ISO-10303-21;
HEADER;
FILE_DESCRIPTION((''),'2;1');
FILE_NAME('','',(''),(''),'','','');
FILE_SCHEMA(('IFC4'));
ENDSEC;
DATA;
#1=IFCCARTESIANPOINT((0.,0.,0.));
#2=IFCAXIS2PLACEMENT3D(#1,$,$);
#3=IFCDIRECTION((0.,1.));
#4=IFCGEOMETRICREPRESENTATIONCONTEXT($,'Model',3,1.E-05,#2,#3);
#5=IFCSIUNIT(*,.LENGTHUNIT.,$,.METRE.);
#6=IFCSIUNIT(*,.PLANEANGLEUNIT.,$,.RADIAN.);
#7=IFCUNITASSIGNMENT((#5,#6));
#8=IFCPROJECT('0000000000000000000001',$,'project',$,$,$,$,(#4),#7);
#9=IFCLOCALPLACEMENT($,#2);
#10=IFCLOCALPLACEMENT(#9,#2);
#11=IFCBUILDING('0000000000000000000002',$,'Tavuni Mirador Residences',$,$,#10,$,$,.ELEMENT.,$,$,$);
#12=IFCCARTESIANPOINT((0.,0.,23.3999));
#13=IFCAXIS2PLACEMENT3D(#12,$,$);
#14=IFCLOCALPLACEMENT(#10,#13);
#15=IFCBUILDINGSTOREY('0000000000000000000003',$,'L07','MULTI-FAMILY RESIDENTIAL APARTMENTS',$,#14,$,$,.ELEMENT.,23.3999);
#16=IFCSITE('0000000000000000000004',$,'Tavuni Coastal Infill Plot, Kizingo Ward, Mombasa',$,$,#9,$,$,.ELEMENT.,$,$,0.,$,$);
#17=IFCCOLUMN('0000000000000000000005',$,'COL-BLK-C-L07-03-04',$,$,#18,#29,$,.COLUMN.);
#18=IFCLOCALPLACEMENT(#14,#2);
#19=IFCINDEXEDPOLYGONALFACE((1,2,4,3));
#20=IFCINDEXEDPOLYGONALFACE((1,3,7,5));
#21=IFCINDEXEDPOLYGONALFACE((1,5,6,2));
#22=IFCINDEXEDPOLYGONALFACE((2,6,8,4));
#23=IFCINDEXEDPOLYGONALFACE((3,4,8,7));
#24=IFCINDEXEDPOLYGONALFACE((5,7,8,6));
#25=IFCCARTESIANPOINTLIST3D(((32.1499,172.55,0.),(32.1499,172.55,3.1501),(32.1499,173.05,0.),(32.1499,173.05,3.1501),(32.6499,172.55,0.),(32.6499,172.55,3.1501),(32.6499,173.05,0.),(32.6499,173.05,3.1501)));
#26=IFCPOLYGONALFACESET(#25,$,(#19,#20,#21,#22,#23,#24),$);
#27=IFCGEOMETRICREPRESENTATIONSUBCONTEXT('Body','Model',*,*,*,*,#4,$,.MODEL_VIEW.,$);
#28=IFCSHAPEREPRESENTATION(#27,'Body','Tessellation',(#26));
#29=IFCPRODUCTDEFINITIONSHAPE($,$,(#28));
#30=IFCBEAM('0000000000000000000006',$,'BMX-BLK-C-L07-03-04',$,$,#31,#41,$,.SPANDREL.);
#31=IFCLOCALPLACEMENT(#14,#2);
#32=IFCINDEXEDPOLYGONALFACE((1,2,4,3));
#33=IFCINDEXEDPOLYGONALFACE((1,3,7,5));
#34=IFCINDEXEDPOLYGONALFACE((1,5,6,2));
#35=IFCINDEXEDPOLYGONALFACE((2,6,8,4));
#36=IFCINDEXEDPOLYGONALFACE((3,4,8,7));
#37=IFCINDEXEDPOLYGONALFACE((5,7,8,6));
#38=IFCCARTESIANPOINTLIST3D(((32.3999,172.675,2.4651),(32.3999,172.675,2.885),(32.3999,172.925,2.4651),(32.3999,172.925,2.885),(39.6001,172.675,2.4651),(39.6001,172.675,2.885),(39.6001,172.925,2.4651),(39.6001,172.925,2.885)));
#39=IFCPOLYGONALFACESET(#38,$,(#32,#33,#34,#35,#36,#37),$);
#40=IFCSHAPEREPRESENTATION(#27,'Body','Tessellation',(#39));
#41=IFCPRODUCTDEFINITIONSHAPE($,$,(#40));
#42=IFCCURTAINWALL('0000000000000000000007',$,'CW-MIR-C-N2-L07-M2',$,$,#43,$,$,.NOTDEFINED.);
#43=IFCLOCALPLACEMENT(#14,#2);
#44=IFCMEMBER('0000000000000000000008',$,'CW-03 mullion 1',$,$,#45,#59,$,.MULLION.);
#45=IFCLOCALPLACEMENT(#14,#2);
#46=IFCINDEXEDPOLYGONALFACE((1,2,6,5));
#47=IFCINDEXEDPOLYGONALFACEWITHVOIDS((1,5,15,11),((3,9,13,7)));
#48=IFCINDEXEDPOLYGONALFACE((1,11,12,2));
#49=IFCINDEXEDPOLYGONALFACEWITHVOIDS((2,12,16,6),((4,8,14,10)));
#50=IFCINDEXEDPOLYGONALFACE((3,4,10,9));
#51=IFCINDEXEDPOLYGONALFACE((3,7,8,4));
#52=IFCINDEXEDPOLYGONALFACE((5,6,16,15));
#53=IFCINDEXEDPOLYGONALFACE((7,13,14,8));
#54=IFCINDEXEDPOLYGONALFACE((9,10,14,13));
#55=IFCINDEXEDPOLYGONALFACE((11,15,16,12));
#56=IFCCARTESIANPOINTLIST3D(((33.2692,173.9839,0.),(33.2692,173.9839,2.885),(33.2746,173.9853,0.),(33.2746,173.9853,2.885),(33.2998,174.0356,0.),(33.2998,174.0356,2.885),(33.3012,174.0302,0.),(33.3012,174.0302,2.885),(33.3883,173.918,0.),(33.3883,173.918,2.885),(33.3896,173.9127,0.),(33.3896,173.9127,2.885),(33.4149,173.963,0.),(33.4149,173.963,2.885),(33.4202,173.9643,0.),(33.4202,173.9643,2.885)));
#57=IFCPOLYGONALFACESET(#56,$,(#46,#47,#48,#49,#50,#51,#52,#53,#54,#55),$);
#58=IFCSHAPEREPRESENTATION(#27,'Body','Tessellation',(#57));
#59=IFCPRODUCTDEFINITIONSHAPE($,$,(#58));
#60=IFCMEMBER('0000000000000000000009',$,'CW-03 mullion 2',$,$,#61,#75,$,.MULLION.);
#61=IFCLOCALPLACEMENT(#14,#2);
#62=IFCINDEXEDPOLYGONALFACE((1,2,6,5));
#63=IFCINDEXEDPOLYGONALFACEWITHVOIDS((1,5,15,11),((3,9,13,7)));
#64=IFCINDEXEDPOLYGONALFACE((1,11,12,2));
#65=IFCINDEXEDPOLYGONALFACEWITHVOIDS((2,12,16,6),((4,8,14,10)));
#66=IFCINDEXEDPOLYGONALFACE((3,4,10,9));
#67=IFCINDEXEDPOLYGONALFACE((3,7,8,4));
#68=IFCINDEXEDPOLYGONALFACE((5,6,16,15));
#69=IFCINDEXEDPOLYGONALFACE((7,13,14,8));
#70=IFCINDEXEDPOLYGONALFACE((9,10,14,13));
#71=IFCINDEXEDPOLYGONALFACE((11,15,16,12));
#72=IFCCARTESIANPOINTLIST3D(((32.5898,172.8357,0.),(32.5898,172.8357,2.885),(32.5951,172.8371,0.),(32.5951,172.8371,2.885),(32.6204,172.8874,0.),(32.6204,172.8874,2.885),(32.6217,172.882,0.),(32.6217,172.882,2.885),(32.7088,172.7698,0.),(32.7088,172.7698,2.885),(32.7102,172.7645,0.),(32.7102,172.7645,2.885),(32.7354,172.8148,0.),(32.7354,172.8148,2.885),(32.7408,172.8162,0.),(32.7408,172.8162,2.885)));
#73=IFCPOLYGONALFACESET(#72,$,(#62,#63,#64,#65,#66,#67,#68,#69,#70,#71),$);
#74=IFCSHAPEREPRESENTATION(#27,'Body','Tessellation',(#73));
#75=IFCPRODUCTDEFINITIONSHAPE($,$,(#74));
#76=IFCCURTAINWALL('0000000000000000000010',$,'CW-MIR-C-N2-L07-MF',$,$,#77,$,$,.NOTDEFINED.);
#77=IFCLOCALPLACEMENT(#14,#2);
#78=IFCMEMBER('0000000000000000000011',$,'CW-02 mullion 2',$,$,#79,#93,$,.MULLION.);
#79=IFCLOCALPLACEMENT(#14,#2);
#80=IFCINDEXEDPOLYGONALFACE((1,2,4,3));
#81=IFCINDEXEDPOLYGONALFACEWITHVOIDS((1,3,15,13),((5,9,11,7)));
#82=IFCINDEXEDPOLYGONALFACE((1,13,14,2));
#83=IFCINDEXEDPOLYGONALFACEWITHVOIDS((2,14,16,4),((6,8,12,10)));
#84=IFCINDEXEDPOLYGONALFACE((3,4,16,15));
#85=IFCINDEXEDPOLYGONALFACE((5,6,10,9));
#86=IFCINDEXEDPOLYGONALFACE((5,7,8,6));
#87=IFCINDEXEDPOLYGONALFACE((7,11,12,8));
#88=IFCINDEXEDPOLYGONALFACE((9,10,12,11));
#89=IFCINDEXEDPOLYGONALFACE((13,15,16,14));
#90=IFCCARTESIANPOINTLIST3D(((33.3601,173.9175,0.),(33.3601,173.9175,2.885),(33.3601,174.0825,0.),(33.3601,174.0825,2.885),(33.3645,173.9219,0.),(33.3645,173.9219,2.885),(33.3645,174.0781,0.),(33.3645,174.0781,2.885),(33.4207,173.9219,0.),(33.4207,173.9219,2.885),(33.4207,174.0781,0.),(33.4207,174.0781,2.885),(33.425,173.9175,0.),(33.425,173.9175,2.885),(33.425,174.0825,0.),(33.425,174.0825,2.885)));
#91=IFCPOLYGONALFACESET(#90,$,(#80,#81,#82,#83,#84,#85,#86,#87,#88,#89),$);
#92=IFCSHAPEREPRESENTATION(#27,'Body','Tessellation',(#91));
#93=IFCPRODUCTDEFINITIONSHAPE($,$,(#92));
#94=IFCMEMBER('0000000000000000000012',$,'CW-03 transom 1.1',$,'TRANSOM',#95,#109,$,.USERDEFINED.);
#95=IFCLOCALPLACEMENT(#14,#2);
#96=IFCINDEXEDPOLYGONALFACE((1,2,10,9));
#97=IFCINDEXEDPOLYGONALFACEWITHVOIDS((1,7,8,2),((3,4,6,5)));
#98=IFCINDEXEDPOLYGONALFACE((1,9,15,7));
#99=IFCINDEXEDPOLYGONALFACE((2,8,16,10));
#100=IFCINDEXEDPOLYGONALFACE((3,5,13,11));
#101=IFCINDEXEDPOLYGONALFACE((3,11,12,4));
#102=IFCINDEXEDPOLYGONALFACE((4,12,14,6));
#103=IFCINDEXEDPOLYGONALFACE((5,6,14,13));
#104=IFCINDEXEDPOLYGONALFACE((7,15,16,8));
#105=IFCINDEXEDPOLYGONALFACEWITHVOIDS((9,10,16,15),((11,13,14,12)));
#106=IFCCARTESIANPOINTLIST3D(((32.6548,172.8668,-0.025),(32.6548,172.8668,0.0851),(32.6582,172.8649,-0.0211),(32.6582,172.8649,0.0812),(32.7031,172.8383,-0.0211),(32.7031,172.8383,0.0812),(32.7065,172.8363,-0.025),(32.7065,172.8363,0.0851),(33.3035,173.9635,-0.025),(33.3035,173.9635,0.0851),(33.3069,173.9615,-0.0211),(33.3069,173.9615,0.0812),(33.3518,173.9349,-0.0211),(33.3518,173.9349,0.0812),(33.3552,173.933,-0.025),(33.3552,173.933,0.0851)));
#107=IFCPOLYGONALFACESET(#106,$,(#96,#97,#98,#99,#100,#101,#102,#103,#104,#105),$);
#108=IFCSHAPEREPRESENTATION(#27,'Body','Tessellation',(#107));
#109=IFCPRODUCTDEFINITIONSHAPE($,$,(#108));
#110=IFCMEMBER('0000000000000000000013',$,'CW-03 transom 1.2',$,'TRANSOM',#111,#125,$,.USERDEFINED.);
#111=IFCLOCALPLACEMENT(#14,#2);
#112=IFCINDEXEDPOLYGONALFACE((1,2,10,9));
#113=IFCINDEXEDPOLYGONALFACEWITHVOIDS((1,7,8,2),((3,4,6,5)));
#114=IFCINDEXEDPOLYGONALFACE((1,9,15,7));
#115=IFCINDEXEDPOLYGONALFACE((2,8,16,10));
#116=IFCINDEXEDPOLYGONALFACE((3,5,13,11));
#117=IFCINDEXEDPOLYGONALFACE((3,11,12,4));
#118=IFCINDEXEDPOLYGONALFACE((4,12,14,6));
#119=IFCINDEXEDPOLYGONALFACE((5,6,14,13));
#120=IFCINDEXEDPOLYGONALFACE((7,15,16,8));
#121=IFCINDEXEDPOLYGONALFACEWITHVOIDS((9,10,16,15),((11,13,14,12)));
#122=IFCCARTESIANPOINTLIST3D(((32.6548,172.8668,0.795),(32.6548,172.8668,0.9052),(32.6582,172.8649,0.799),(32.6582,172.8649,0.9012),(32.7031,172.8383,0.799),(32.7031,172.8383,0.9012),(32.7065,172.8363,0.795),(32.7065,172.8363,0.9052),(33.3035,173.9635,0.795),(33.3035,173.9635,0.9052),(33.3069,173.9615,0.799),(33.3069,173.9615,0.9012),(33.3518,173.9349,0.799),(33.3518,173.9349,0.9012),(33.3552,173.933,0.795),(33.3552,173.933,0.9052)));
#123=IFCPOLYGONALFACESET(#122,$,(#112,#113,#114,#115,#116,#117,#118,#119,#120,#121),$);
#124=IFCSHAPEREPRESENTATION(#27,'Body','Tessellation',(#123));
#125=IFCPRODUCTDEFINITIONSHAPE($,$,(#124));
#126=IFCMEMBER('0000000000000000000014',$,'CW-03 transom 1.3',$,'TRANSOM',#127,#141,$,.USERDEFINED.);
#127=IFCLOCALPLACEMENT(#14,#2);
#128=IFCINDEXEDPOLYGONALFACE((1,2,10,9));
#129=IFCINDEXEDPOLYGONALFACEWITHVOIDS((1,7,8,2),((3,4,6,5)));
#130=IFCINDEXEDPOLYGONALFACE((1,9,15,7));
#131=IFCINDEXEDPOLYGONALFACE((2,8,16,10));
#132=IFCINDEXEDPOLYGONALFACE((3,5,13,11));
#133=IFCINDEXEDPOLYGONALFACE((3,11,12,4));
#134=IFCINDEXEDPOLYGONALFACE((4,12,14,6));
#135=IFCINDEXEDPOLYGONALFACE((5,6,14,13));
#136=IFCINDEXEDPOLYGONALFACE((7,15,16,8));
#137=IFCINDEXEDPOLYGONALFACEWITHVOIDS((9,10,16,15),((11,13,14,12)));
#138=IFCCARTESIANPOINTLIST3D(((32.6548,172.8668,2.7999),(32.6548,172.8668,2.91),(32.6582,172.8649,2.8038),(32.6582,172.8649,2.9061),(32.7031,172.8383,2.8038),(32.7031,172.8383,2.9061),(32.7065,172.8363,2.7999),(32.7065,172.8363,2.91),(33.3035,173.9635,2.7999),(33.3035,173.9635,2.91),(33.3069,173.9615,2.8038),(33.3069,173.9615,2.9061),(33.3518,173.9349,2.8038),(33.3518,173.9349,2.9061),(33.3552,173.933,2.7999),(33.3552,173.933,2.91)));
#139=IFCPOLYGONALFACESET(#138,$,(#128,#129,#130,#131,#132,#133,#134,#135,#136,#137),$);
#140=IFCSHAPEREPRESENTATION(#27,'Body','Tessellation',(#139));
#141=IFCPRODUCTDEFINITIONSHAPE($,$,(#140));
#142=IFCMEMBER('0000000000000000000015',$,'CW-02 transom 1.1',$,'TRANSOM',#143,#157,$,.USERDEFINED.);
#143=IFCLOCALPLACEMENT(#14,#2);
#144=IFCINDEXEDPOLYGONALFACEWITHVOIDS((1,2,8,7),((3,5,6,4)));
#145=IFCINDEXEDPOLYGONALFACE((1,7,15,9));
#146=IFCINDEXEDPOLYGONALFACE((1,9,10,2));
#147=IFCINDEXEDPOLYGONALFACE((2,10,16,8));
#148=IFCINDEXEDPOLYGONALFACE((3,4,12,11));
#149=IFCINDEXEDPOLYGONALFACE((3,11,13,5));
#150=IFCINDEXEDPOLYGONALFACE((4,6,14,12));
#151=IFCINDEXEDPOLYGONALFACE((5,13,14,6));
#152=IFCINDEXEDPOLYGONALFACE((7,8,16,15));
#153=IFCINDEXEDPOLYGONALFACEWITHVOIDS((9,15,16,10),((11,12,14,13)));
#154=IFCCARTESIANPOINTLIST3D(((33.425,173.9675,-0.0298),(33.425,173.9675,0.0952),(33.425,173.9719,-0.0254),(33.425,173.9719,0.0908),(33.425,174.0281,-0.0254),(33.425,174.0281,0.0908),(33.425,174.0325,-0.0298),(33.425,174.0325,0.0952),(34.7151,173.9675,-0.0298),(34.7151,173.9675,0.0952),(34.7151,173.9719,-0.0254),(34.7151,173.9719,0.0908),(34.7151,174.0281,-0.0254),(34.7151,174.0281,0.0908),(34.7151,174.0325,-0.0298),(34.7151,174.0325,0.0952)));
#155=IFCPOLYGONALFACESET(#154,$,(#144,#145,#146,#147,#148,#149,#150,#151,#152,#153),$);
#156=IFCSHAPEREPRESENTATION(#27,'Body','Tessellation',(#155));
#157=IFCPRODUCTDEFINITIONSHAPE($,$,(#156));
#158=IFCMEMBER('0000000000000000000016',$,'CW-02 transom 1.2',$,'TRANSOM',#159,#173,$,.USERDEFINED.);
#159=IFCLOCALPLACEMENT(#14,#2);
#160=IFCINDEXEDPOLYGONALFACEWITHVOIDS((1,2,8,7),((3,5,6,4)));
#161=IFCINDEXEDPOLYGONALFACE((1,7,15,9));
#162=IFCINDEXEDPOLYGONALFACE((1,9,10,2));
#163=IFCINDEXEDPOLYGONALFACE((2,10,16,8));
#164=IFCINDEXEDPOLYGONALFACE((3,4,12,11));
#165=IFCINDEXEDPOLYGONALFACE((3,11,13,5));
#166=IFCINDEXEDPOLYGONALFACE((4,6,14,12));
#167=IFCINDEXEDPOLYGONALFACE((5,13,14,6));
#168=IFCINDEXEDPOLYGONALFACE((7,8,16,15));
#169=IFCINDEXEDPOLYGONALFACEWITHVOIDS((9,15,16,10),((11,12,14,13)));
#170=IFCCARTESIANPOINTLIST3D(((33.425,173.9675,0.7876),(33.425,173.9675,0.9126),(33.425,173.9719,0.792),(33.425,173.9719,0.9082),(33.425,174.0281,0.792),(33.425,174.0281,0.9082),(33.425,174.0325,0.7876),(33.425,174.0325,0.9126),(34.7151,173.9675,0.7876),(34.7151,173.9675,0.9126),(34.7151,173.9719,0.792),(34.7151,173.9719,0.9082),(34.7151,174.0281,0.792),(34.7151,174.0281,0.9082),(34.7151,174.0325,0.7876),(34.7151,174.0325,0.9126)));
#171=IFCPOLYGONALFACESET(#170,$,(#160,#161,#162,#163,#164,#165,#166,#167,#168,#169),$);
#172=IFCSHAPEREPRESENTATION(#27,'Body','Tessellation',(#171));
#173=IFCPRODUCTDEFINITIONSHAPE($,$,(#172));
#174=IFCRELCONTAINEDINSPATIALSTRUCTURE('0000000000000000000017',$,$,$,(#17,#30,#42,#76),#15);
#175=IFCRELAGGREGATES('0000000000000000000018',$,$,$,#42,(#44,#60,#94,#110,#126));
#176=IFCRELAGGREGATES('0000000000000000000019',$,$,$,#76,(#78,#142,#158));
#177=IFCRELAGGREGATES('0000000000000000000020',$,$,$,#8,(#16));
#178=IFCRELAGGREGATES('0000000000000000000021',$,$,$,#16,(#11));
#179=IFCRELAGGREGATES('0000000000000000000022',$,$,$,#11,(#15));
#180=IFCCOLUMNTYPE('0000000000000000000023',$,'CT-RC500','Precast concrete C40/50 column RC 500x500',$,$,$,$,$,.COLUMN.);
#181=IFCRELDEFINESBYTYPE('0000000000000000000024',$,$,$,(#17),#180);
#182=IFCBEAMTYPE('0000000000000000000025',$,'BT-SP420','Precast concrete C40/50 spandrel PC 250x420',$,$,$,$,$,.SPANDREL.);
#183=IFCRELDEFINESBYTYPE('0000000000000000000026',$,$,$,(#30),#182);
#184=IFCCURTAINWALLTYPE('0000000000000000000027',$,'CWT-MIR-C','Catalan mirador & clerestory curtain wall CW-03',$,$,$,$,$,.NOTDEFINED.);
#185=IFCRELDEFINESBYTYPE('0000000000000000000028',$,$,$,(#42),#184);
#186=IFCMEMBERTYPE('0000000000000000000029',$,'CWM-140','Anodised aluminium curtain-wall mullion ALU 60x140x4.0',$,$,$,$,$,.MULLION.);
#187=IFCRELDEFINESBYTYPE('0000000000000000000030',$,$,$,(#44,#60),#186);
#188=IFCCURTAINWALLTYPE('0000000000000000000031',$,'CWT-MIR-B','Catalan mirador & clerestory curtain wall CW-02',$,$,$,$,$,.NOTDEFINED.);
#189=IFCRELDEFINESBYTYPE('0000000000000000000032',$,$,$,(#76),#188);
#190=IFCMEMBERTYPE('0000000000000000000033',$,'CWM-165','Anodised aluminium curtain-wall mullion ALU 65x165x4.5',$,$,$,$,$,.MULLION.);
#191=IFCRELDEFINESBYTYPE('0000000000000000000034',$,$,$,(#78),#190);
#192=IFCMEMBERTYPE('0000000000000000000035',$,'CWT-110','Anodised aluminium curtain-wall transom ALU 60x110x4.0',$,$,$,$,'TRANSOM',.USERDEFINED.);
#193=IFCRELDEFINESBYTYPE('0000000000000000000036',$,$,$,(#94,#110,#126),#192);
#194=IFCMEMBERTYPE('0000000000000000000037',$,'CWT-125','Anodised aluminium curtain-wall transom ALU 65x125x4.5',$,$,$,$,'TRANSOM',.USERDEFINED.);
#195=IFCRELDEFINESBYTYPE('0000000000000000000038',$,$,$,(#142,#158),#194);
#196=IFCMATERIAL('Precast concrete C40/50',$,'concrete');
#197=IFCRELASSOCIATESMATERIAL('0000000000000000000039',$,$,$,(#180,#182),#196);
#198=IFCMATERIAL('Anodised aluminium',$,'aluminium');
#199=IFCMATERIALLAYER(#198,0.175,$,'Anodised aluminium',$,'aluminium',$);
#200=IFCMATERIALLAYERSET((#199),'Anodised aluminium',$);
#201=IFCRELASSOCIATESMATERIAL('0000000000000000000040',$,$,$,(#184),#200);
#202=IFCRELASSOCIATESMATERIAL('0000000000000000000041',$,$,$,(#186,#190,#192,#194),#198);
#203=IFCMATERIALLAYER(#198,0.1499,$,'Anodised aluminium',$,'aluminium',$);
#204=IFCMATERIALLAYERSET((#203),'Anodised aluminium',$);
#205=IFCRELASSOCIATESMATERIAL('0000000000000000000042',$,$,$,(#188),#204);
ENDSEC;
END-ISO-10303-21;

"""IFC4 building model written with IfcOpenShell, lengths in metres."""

from ifc_helpers import new_model, si_unit, direction, frame, origin, origin_2d, place, context, subcontext, project, spatial, rectangle, hollow_rectangle, extrude, material, layer, layer_set, material_profile, profile_set, type_object, element, aggregate, save


model = new_model("IFC4")

# Units and contexts
model_context = context("Model", 3, precision=1e-05, world=origin(), true_north=direction((0.0, 1.0)))
body_context = subcontext(model_context, "Body", "Model", "MODEL_VIEW")
ifc_project = project(units=[si_unit("LENGTHUNIT", "METRE"), si_unit("PLANEANGLEUNIT", "RADIAN")], contexts=[model_context])

# Site, building, storey
site_placement = place(None, origin())
site = spatial("IfcSite", under=ifc_project, at=site_placement, Name="Tavuni Coastal Infill Plot, Kizingo Ward, Mombasa", CompositionType="ELEMENT", RefElevation=0.0)
building_placement = place(site_placement, origin())
building = spatial("IfcBuilding", under=site, at=building_placement, Name="Tavuni Mirador Residences", CompositionType="ELEMENT")
storey_placement = place(building_placement, frame((0.0, 0.0, 23.3999)))
storey = spatial("IfcBuildingStorey", under=building, at=storey_placement, Name="L07", Description="MULTI-FAMILY RESIDENTIAL APARTMENTS", CompositionType="ELEMENT", Elevation=23.3999)

# Column
ifc_material_1 = material(Name="Precast concrete C40/50", Category="concrete")
ifc_material_profile_1 = material_profile(ifc_material_1, rectangle(XDim=0.5, YDim=0.5, at=origin_2d()), Name="RC 500x500", Category="concrete")
ifc_profile_set_1 = profile_set([ifc_material_profile_1], Name="Precast concrete C40/50")
column_type = type_object("IfcColumnType", Name="CT-RC500", Description="Precast concrete C40/50 column RC 500x500", PredefinedType="COLUMN", material=ifc_profile_set_1)
column_placement = place(storey_placement, frame((32.3999, 172.8, 0.0), z_axis=(0.0, 0.0, 1.0), x_axis=(1.0, 0.0, 0.0)))
element("IfcColumn", 1, at=column_placement, inside=storey, type_object=column_type, Name="COL-BLK-C-L07-03-04", PredefinedType="COLUMN", context=body_context, shape_type="SweptSolid", body=[
    extrude(rectangle(XDim=0.5, YDim=0.5, at=origin_2d()), origin(), (0.0, 0.0, 1.0), 3.1501),
])

# Beam
ifc_material_profile_2 = material_profile(ifc_material_1, rectangle(XDim=0.25, YDim=0.4199, at=origin_2d()), Name="PC 250x420", Category="concrete")
ifc_profile_set_2 = profile_set([ifc_material_profile_2], Name="Precast concrete C40/50")
beam_type = type_object("IfcBeamType", Name="BT-SP420", Description="Precast concrete C40/50 spandrel PC 250x420", PredefinedType="SPANDREL", material=ifc_profile_set_2)
beam_placement = place(storey_placement, frame((32.3999, 172.8, 2.675), z_axis=(1.0, 0.0, 0.0), x_axis=(0.0, 1.0, 0.0)))
element("IfcBeam", 2, at=beam_placement, inside=storey, type_object=beam_type, Name="BMX-BLK-C-L07-03-04", PredefinedType="SPANDREL", context=body_context, shape_type="SweptSolid", body=[
    extrude(rectangle(XDim=0.25, YDim=0.4199, at=origin_2d()), origin(), (0.0, 0.0, 1.0), 7.2002),
])

# Curtain wall, members
ifc_material_2 = material(Name="Anodised aluminium", Category="aluminium")
ifc_layer_1 = layer(ifc_material_2, 0.175, Name="Anodised aluminium", Category="aluminium")
ifc_layer_set_1 = layer_set([ifc_layer_1], Name="Anodised aluminium")
curtain_wall_type_1 = type_object("IfcCurtainWallType", Name="CWT-MIR-C", Description="Catalan mirador & clerestory curtain wall CW-03", PredefinedType="NOTDEFINED", material=ifc_layer_set_1)
curtain_wall_1_placement = place(storey_placement, origin())
curtain_wall_1 = element("IfcCurtainWall", 3, at=curtain_wall_1_placement, inside=storey, type_object=curtain_wall_type_1, Name="CW-MIR-C-N2-L07-M2", PredefinedType="NOTDEFINED")
ifc_material_profile_3 = material_profile(ifc_material_2, hollow_rectangle(XDim=0.0601, YDim=0.1399, WallThickness=0.0039, at=origin_2d()), Name="ALU 60x140x4.0", Category="aluminium")
ifc_profile_set_3 = profile_set([ifc_material_profile_3], Name="Anodised aluminium")
member_type_1 = type_object("IfcMemberType", Name="CWM-140", Description="Anodised aluminium curtain-wall mullion ALU 60x140x4.0", PredefinedType="MULLION", material=ifc_profile_set_3)
member_1_placement = place(storey_placement, frame((33.3447, 173.9741, 0.0), z_axis=(0.0, 0.0, 1.0), x_axis=(-0.509212, -0.860641, 0.0)))
member_1 = element("IfcMember", 4, at=member_1_placement, type_object=member_type_1, Name="CW-03 mullion 1", PredefinedType="MULLION", context=body_context, shape_type="SweptSolid", body=[
    extrude(hollow_rectangle(XDim=0.0601, YDim=0.1399, WallThickness=0.0039, at=origin_2d()), origin(), (0.0, 0.0, 1.0), 2.885),
])
member_2_placement = place(storey_placement, frame((32.6653, 172.8259, 0.0), z_axis=(0.0, 0.0, 1.0), x_axis=(-0.509212, -0.860641, 0.0)))
member_2 = element("IfcMember", 5, at=member_2_placement, type_object=member_type_1, Name="CW-03 mullion 2", PredefinedType="MULLION", context=body_context, shape_type="SweptSolid", body=[
    extrude(hollow_rectangle(XDim=0.0601, YDim=0.1399, WallThickness=0.0039, at=origin_2d()), origin(), (0.0, 0.0, 1.0), 2.885),
])

# Curtain wall, member
ifc_layer_2 = layer(ifc_material_2, 0.1499, Name="Anodised aluminium", Category="aluminium")
ifc_layer_set_2 = layer_set([ifc_layer_2], Name="Anodised aluminium")
curtain_wall_type_2 = type_object("IfcCurtainWallType", Name="CWT-MIR-B", Description="Catalan mirador & clerestory curtain wall CW-02", PredefinedType="NOTDEFINED", material=ifc_layer_set_2)
curtain_wall_2_placement = place(storey_placement, origin())
curtain_wall_2 = element("IfcCurtainWall", 6, at=curtain_wall_2_placement, inside=storey, type_object=curtain_wall_type_2, Name="CW-MIR-C-N2-L07-MF", PredefinedType="NOTDEFINED")
ifc_material_profile_4 = material_profile(ifc_material_2, hollow_rectangle(XDim=0.0649, YDim=0.165, WallThickness=0.0044, at=origin_2d()), Name="ALU 65x165x4.5", Category="aluminium")
ifc_profile_set_4 = profile_set([ifc_material_profile_4], Name="Anodised aluminium")
member_type_2 = type_object("IfcMemberType", Name="CWM-165", Description="Anodised aluminium curtain-wall mullion ALU 65x165x4.5", PredefinedType="MULLION", material=ifc_profile_set_4)
member_3_placement = place(storey_placement, frame((33.3926, 174.0, 0.0), z_axis=(0.0, 0.0, 1.0), x_axis=(-1.0, 0.0, 0.0)))
member_3 = element("IfcMember", 7, at=member_3_placement, type_object=member_type_2, Name="CW-02 mullion 2", PredefinedType="MULLION", context=body_context, shape_type="SweptSolid", body=[
    extrude(hollow_rectangle(XDim=0.0649, YDim=0.165, WallThickness=0.0044, at=origin_2d()), origin(), (0.0, 0.0, 1.0), 2.885),
])

# Members
ifc_material_profile_5 = material_profile(ifc_material_2, hollow_rectangle(XDim=0.0601, YDim=0.1101, WallThickness=0.0039, at=origin_2d()), Name="ALU 60x110x4.0", Category="aluminium")
ifc_profile_set_5 = profile_set([ifc_material_profile_5], Name="Anodised aluminium")
member_type_3 = type_object("IfcMemberType", Name="CWT-110", Description="Anodised aluminium curtain-wall transom ALU 60x110x4.0", ElementType="TRANSOM", PredefinedType="USERDEFINED", material=ifc_profile_set_5)
member_4_placement = place(storey_placement, frame((33.3293, 173.9482, 0.03), z_axis=(-0.509104, -0.860705, 0.0), x_axis=(0.860705, -0.509104, 0.0)))
member_4 = element("IfcMember", 8, at=member_4_placement, type_object=member_type_3, Name="CW-03 transom 1.1", ObjectType="TRANSOM", PredefinedType="USERDEFINED", context=body_context, shape_type="SweptSolid", body=[
    extrude(hollow_rectangle(XDim=0.0601, YDim=0.1101, WallThickness=0.0039, at=origin_2d()), origin(), (0.0, 0.0, 1.0), 1.2742),
])
member_5_placement = place(storey_placement, frame((33.3293, 173.9482, 0.8501), z_axis=(-0.509104, -0.860705, 0.0), x_axis=(0.860705, -0.509104, 0.0)))
member_5 = element("IfcMember", 9, at=member_5_placement, type_object=member_type_3, Name="CW-03 transom 1.2", ObjectType="TRANSOM", PredefinedType="USERDEFINED", context=body_context, shape_type="SweptSolid", body=[
    extrude(hollow_rectangle(XDim=0.0601, YDim=0.1101, WallThickness=0.0039, at=origin_2d()), origin(), (0.0, 0.0, 1.0), 1.2742),
])
member_6_placement = place(storey_placement, frame((33.3293, 173.9482, 2.855), z_axis=(-0.509104, -0.860705, 0.0), x_axis=(0.860705, -0.509104, 0.0)))
member_6 = element("IfcMember", 10, at=member_6_placement, type_object=member_type_3, Name="CW-03 transom 1.3", ObjectType="TRANSOM", PredefinedType="USERDEFINED", context=body_context, shape_type="SweptSolid", body=[
    extrude(hollow_rectangle(XDim=0.0601, YDim=0.1101, WallThickness=0.0039, at=origin_2d()), origin(), (0.0, 0.0, 1.0), 1.2742),
])
ifc_material_profile_6 = material_profile(ifc_material_2, hollow_rectangle(XDim=0.0649, YDim=0.125, WallThickness=0.0044, at=origin_2d()), Name="ALU 65x125x4.5", Category="aluminium")
ifc_profile_set_6 = profile_set([ifc_material_profile_6], Name="Anodised aluminium")
member_type_4 = type_object("IfcMemberType", Name="CWT-125", Description="Anodised aluminium curtain-wall transom ALU 65x125x4.5", ElementType="TRANSOM", PredefinedType="USERDEFINED", material=ifc_profile_set_6)
member_7_placement = place(storey_placement, frame((34.7151, 174.0, 0.0327), z_axis=(-1.0, 0.0, 0.0), x_axis=(0.0, -1.0, 0.0)))
member_7 = element("IfcMember", 11, at=member_7_placement, type_object=member_type_4, Name="CW-02 transom 1.1", ObjectType="TRANSOM", PredefinedType="USERDEFINED", context=body_context, shape_type="SweptSolid", body=[
    extrude(hollow_rectangle(XDim=0.0649, YDim=0.125, WallThickness=0.0044, at=origin_2d()), origin(), (0.0, 0.0, 1.0), 1.29),
])
member_8_placement = place(storey_placement, frame((34.7151, 174.0, 0.8501), z_axis=(-1.0, 0.0, 0.0), x_axis=(0.0, -1.0, 0.0)))
member_8 = element("IfcMember", 12, at=member_8_placement, type_object=member_type_4, Name="CW-02 transom 1.2", ObjectType="TRANSOM", PredefinedType="USERDEFINED", context=body_context, shape_type="SweptSolid", body=[
    extrude(hollow_rectangle(XDim=0.0649, YDim=0.125, WallThickness=0.0044, at=origin_2d()), origin(), (0.0, 0.0, 1.0), 1.29),
])

aggregate(curtain_wall_1, [member_1, member_2, member_4, member_5, member_6])
aggregate(curtain_wall_2, [member_3, member_7, member_8])

save(model, "model.ifc")
